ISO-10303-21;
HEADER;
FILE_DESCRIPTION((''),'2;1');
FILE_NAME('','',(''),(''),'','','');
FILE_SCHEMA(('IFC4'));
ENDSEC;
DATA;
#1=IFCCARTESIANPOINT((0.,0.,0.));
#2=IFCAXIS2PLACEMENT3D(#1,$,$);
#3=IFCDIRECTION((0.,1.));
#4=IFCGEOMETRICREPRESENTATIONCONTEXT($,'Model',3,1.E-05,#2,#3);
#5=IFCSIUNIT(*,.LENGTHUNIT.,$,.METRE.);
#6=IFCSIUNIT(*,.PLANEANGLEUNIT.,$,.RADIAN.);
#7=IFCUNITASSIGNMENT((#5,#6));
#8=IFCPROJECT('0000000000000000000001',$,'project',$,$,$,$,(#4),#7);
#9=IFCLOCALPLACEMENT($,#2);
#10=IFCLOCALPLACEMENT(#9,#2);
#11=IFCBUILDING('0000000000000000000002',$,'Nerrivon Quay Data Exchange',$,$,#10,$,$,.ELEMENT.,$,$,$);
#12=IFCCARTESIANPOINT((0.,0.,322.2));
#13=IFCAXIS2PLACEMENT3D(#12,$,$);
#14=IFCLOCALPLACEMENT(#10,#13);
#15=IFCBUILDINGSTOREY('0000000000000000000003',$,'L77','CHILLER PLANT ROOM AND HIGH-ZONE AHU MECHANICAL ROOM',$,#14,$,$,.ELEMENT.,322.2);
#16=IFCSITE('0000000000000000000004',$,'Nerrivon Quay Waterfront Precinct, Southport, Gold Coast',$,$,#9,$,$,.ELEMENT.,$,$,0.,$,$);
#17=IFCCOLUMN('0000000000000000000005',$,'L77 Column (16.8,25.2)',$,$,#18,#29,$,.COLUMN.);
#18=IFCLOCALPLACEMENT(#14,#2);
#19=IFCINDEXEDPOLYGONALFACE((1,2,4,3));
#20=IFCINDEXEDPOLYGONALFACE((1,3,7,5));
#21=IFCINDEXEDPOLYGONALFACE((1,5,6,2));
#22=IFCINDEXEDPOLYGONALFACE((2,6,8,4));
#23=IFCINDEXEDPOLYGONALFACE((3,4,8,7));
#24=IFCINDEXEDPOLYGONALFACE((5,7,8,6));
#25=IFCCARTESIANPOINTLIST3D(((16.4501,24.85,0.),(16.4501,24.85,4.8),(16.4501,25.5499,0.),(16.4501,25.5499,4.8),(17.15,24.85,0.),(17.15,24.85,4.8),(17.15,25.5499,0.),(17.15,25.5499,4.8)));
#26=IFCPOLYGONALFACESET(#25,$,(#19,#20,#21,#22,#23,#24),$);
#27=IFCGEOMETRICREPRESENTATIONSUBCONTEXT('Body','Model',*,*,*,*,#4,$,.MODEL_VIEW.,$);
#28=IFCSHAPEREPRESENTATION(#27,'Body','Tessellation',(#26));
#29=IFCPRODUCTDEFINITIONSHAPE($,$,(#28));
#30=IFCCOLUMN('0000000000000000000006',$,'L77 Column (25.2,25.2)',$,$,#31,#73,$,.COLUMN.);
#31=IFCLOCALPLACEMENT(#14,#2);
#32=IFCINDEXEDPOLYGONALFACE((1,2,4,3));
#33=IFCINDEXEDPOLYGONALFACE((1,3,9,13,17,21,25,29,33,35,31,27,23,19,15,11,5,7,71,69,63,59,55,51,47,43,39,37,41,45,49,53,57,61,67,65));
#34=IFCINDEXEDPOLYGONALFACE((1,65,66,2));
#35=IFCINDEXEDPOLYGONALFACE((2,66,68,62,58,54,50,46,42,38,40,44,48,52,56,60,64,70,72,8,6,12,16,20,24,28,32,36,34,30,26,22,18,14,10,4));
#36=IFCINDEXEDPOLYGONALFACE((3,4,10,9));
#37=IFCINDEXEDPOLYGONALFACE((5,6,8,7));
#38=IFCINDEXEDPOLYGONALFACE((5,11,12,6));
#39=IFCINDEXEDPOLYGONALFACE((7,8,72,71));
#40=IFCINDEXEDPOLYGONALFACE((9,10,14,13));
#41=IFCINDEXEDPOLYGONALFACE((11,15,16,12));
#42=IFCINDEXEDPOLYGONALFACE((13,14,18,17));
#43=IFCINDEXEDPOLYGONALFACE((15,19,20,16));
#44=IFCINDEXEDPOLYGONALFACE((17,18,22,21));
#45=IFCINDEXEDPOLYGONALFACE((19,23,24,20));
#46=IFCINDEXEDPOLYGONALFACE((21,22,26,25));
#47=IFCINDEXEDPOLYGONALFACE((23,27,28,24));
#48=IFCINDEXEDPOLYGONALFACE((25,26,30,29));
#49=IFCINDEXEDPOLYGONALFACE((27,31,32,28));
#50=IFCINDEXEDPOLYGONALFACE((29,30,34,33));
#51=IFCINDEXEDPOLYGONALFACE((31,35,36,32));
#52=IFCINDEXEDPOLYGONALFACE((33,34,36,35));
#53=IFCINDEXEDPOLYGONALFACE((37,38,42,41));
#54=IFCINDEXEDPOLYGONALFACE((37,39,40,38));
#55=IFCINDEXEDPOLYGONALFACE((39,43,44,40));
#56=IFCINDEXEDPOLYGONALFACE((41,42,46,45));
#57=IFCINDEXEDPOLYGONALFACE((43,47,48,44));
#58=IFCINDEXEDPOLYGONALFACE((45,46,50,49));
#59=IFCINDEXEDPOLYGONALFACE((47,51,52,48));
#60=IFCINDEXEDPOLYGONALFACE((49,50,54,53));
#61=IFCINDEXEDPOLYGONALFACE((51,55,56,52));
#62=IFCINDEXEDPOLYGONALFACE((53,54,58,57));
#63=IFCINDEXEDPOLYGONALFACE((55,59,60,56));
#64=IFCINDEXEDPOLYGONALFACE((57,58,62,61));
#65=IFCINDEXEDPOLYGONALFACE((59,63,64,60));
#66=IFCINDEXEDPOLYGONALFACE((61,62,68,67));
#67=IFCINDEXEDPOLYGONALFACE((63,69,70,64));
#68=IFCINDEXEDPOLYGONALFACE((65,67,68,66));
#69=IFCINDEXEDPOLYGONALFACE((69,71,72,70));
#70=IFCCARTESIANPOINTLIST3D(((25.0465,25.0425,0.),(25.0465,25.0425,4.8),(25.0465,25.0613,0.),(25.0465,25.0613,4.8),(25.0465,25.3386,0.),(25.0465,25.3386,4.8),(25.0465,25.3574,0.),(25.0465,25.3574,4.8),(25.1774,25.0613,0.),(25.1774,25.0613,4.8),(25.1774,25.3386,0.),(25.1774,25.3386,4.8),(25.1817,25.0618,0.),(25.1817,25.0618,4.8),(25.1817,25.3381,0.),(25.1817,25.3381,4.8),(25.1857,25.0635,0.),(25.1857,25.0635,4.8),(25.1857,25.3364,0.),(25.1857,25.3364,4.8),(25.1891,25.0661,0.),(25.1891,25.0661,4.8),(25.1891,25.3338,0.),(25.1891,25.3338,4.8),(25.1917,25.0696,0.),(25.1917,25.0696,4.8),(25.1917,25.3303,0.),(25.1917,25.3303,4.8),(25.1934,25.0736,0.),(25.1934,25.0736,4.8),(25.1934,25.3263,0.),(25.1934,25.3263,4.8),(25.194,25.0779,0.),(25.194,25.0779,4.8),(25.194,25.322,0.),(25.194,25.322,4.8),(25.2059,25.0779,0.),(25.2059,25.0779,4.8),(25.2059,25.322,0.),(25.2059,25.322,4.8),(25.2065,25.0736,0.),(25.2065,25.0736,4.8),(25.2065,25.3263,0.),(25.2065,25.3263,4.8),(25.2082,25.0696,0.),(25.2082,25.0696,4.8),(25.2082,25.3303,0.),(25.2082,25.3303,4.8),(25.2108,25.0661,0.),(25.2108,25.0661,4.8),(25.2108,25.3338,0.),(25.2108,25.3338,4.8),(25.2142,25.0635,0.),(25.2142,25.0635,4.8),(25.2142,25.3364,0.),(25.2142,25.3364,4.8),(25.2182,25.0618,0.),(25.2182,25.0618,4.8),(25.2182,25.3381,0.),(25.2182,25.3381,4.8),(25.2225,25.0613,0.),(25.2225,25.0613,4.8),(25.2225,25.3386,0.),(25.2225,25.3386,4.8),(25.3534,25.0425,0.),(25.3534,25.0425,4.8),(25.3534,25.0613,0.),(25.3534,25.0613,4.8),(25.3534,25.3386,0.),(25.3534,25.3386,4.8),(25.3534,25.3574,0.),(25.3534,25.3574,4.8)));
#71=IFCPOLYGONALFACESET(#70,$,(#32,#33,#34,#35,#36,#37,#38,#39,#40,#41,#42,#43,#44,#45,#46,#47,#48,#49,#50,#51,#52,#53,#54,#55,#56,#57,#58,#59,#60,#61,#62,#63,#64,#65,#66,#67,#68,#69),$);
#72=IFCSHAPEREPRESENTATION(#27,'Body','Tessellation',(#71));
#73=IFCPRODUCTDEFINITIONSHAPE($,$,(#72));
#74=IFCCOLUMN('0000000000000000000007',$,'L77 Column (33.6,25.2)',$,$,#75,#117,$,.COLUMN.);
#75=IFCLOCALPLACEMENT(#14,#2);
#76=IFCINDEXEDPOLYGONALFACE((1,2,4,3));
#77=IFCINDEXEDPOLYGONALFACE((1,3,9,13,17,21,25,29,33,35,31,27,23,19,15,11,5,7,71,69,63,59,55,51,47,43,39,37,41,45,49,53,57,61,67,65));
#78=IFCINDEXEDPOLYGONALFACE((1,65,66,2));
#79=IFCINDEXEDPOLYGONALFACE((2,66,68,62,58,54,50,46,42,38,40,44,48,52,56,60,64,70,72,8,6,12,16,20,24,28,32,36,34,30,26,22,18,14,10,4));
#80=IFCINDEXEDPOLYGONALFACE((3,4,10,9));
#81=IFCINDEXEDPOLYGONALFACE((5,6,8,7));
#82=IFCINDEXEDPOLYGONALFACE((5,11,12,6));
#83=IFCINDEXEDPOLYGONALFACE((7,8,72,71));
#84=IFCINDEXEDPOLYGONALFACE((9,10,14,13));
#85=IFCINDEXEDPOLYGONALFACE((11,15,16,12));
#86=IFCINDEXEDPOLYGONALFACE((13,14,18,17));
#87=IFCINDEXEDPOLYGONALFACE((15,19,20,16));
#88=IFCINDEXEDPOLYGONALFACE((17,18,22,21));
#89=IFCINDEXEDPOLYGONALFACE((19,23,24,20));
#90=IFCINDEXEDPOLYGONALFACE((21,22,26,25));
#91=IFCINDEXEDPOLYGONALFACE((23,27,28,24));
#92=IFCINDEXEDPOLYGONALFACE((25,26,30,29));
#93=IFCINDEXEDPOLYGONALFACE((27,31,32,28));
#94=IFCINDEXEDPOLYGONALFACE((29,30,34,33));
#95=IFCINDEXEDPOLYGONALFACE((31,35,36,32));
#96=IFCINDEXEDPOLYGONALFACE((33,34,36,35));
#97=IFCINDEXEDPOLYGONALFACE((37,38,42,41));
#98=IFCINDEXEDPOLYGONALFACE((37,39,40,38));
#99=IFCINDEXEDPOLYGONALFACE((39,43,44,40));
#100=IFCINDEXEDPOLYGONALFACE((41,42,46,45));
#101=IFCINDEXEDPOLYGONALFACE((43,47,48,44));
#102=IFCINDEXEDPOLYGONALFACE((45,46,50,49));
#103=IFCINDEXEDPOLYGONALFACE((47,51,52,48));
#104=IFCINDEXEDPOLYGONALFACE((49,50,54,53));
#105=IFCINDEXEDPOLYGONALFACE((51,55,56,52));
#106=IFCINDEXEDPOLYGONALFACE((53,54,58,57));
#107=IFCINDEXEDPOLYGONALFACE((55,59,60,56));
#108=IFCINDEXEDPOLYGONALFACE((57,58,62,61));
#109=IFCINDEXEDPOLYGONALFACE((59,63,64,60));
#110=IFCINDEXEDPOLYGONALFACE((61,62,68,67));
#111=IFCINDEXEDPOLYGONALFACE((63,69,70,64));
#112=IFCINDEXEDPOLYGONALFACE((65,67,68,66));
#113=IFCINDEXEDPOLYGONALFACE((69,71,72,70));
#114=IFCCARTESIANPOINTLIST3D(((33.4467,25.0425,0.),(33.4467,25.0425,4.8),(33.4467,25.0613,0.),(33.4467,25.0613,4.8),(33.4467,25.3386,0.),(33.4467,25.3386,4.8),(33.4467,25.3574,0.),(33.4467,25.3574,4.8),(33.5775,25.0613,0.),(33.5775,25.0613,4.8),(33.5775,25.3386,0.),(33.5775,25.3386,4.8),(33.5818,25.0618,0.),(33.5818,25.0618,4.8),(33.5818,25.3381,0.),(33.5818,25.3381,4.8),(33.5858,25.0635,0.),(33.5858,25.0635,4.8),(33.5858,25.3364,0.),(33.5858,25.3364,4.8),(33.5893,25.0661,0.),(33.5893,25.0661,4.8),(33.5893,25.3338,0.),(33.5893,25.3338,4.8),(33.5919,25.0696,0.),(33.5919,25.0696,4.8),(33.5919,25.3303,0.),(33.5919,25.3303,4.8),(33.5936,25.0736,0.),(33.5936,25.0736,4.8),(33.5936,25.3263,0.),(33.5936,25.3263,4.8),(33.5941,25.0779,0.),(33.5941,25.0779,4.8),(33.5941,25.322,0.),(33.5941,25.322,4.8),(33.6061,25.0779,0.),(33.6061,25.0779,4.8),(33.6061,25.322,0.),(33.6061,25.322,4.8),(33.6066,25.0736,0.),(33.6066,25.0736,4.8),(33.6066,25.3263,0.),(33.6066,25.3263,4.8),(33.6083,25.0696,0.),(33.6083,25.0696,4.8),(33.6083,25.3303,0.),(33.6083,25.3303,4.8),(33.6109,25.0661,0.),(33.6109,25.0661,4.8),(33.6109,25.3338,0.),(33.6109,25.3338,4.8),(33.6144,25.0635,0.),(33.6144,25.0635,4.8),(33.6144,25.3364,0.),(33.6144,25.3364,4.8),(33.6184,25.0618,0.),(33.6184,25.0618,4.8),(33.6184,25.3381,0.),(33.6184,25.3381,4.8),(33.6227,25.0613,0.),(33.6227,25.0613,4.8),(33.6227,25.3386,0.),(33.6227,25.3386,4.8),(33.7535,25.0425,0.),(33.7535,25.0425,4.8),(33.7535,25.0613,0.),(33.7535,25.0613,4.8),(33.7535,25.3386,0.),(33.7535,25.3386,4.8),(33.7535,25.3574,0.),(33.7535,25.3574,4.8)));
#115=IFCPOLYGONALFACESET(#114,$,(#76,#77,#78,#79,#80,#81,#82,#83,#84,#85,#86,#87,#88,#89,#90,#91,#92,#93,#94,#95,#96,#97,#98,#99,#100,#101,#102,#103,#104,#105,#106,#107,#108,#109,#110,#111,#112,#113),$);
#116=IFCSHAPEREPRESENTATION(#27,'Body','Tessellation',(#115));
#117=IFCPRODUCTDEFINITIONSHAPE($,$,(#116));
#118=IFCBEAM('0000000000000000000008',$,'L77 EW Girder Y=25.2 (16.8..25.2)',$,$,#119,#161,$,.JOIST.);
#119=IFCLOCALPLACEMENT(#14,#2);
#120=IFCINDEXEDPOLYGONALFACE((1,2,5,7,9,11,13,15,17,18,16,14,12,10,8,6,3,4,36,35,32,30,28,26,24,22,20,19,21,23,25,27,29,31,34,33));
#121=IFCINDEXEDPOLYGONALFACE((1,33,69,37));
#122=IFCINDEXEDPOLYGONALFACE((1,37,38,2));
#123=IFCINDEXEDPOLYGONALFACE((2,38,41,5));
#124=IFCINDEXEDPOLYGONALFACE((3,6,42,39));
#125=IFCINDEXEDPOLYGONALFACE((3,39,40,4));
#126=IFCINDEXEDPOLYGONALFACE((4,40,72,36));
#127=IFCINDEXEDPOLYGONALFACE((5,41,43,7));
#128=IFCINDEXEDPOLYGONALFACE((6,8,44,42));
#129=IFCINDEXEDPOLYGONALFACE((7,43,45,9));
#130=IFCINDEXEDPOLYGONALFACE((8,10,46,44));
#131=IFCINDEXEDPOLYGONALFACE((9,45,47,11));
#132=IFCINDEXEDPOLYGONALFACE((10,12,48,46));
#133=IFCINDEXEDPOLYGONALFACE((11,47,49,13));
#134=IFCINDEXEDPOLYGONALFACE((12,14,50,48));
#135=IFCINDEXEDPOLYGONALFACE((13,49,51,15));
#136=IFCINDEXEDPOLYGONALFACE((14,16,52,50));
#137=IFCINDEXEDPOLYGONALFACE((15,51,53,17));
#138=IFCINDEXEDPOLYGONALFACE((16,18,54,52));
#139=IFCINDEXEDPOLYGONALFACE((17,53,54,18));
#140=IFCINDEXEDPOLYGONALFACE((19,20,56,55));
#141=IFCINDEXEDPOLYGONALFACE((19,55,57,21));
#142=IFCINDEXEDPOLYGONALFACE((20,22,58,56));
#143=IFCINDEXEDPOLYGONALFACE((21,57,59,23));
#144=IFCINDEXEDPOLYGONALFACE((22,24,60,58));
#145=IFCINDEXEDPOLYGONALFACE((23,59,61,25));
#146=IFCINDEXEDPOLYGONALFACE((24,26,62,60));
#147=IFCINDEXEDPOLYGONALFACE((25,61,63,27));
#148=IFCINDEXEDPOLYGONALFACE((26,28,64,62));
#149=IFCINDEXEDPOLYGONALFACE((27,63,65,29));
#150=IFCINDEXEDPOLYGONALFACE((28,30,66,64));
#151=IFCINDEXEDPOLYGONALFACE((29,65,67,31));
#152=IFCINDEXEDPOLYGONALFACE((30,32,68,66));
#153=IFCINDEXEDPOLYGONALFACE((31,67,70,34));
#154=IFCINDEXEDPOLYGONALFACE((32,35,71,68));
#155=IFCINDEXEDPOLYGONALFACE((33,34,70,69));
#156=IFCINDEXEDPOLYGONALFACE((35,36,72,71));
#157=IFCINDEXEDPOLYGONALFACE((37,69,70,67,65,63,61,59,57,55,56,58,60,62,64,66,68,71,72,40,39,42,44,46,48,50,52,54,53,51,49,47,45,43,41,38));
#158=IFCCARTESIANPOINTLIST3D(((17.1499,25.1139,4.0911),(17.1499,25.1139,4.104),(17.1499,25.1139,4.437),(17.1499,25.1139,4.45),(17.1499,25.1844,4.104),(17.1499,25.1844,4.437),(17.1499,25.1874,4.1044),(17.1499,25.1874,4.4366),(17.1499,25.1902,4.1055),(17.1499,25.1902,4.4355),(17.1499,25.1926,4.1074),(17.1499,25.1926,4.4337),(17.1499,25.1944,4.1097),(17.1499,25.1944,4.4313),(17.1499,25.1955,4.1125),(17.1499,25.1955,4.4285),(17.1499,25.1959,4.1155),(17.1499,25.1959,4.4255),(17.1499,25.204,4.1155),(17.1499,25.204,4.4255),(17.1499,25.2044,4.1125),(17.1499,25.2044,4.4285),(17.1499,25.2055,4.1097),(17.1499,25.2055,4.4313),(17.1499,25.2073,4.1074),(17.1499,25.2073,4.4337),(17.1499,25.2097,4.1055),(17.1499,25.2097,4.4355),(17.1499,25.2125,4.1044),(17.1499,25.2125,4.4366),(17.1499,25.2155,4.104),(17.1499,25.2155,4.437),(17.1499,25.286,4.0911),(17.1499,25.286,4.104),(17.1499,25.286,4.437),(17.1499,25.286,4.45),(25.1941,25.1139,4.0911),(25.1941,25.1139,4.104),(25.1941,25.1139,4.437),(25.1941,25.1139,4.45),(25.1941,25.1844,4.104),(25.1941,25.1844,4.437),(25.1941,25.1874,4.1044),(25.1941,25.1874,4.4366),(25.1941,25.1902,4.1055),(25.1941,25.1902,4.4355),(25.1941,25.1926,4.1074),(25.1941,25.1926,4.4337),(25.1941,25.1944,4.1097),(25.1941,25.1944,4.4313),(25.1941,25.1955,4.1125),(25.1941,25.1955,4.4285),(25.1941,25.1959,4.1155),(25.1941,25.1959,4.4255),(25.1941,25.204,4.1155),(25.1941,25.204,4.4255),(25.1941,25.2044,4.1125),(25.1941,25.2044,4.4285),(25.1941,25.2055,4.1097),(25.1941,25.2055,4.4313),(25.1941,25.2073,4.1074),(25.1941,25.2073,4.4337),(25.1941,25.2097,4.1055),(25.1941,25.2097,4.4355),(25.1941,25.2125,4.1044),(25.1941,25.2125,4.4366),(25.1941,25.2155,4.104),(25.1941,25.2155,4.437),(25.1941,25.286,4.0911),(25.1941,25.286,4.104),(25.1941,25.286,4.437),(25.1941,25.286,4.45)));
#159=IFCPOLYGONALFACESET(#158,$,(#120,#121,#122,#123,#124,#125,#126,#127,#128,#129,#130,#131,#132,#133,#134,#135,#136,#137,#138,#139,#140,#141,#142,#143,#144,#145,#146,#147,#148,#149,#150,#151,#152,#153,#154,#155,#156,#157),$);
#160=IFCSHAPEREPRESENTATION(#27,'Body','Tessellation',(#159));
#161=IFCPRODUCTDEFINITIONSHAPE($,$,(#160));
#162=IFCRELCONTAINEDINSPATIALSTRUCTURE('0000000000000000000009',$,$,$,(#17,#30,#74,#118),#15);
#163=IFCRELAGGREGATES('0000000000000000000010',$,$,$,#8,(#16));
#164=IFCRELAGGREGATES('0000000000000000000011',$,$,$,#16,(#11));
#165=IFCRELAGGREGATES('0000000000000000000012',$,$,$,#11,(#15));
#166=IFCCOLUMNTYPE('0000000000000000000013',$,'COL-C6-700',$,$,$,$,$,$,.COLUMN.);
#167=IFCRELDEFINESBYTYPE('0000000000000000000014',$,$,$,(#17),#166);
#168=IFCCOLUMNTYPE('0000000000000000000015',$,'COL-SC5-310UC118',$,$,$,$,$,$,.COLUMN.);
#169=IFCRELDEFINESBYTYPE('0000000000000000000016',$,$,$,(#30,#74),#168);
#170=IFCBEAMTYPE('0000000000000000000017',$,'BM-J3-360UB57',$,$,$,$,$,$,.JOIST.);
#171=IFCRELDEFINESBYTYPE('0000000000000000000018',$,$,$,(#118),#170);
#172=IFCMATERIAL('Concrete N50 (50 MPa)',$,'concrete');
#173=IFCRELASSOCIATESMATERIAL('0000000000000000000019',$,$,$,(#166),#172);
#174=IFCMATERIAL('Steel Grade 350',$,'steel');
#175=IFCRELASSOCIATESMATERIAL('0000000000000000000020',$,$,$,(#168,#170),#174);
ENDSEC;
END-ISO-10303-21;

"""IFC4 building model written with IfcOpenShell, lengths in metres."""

from ifc_helpers import new_model, si_unit, direction, frame, origin, origin_2d, place, context, subcontext, project, spatial, rectangle, i_section, extrude, material, material_profile, profile_set, type_object, element, save


model = new_model("IFC4")

# Units and contexts
model_context = context("Model", 3, precision=1e-05, world=origin(), true_north=direction((0.0, 1.0)))
body_context = subcontext(model_context, "Body", "Model", "MODEL_VIEW")
ifc_project = project(units=[si_unit("LENGTHUNIT", "METRE"), si_unit("PLANEANGLEUNIT", "RADIAN")], contexts=[model_context])

# Site, building, storey
site_placement = place(None, origin())
site = spatial("IfcSite", under=ifc_project, at=site_placement, Name="Nerrivon Quay Waterfront Precinct, Southport, Gold Coast", CompositionType="ELEMENT", RefElevation=0.0)
building_placement = place(site_placement, origin())
building = spatial("IfcBuilding", under=site, at=building_placement, Name="Nerrivon Quay Data Exchange", CompositionType="ELEMENT")
storey_placement = place(building_placement, frame((0.0, 0.0, 322.2)))
storey = spatial("IfcBuildingStorey", under=building, at=storey_placement, Name="L77", Description="CHILLER PLANT ROOM AND HIGH-ZONE AHU MECHANICAL ROOM", CompositionType="ELEMENT", Elevation=322.2)

# Columns
ifc_material_1 = material(Name="Concrete N50 (50 MPa)", Category="concrete")
ifc_material_profile_1 = material_profile(ifc_material_1, rectangle(XDim=0.7, YDim=0.7, at=origin_2d()), Name="RC-COL-700x700")
ifc_profile_set_1 = profile_set([ifc_material_profile_1], Name="Concrete N50 (50 MPa)")
column_type_1 = type_object("IfcColumnType", Name="COL-C6-700", PredefinedType="COLUMN", material=ifc_profile_set_1)
column_placement = place(storey_placement, frame((16.8, 25.2, 0.0), z_axis=(0.0, 0.0, 1.0), x_axis=(1.0, 0.0, 0.0)))
element("IfcColumn", 1, at=column_placement, inside=storey, type_object=column_type_1, Name="L77 Column (16.8,25.2)", PredefinedType="COLUMN", context=body_context, shape_type="SweptSolid", body=[
    extrude(rectangle(XDim=0.7, YDim=0.7, at=origin_2d()), origin(), (0.0, 0.0, 1.0), 4.8),
])
ifc_material_2 = material(Name="Steel Grade 350", Category="steel")
ifc_material_profile_2 = material_profile(ifc_material_2, i_section(OverallWidth=0.3069, OverallDepth=0.3149, WebThickness=0.012, FlangeThickness=0.0188, FilletRadius=0.0166, at=origin_2d()), Name="310UC118")
ifc_profile_set_2 = profile_set([ifc_material_profile_2], Name="Steel Grade 350")
column_type_2 = type_object("IfcColumnType", Name="COL-SC5-310UC118", PredefinedType="COLUMN", material=ifc_profile_set_2)
for number, where, z_axis, x_axis, name in (
    (2, (25.2, 25.2, 0.0), (0.0, 0.0, 1.0), (1.0, 0.0, 0.0), "L77 Column (25.2,25.2)"),
    (3, (33.6001, 25.2, 0.0), (0.0, 0.0, 1.0), (1.0, 0.0, 0.0), "L77 Column (33.6,25.2)"),
):
    element("IfcColumn", number, at=place(storey_placement, frame(where, z_axis=z_axis, x_axis=x_axis)), inside=storey, type_object=column_type_2, Name=name, PredefinedType="COLUMN", context=body_context, shape_type="SweptSolid", body=[
        extrude(i_section(OverallWidth=0.3069, OverallDepth=0.3149, WebThickness=0.012, FlangeThickness=0.0188, FilletRadius=0.0166, at=origin_2d()), origin(), (0.0, 0.0, 1.0), 4.8),
    ])

# Beam
ifc_material_profile_3 = material_profile(ifc_material_2, i_section(OverallWidth=0.1721, OverallDepth=0.3589, WebThickness=0.0081, FlangeThickness=0.0129, FilletRadius=0.0115, at=origin_2d()), Name="360UB56.7")
ifc_profile_set_3 = profile_set([ifc_material_profile_3], Name="Steel Grade 350")
beam_type_1 = type_object("IfcBeamType", Name="BM-J3-360UB57", PredefinedType="JOIST", material=ifc_profile_set_3)
beam_1_placement = place(storey_placement, frame((17.1499, 25.2, 4.2705), z_axis=(1.0, 0.0, 0.0), x_axis=(0.0, 1.0, 0.0)))
element("IfcBeam", 4, at=beam_1_placement, inside=storey, type_object=beam_type_1, Name="L77 EW Girder Y=25.2 (16.8..25.2)", PredefinedType="JOIST", context=body_context, shape_type="SweptSolid", body=[
    extrude(i_section(OverallWidth=0.1721, OverallDepth=0.3589, WebThickness=0.0081, FlangeThickness=0.0129, FilletRadius=0.0115, at=origin_2d()), origin(), (0.0, 0.0, 1.0), 8.0442),
])

save(model, "model.ifc")
